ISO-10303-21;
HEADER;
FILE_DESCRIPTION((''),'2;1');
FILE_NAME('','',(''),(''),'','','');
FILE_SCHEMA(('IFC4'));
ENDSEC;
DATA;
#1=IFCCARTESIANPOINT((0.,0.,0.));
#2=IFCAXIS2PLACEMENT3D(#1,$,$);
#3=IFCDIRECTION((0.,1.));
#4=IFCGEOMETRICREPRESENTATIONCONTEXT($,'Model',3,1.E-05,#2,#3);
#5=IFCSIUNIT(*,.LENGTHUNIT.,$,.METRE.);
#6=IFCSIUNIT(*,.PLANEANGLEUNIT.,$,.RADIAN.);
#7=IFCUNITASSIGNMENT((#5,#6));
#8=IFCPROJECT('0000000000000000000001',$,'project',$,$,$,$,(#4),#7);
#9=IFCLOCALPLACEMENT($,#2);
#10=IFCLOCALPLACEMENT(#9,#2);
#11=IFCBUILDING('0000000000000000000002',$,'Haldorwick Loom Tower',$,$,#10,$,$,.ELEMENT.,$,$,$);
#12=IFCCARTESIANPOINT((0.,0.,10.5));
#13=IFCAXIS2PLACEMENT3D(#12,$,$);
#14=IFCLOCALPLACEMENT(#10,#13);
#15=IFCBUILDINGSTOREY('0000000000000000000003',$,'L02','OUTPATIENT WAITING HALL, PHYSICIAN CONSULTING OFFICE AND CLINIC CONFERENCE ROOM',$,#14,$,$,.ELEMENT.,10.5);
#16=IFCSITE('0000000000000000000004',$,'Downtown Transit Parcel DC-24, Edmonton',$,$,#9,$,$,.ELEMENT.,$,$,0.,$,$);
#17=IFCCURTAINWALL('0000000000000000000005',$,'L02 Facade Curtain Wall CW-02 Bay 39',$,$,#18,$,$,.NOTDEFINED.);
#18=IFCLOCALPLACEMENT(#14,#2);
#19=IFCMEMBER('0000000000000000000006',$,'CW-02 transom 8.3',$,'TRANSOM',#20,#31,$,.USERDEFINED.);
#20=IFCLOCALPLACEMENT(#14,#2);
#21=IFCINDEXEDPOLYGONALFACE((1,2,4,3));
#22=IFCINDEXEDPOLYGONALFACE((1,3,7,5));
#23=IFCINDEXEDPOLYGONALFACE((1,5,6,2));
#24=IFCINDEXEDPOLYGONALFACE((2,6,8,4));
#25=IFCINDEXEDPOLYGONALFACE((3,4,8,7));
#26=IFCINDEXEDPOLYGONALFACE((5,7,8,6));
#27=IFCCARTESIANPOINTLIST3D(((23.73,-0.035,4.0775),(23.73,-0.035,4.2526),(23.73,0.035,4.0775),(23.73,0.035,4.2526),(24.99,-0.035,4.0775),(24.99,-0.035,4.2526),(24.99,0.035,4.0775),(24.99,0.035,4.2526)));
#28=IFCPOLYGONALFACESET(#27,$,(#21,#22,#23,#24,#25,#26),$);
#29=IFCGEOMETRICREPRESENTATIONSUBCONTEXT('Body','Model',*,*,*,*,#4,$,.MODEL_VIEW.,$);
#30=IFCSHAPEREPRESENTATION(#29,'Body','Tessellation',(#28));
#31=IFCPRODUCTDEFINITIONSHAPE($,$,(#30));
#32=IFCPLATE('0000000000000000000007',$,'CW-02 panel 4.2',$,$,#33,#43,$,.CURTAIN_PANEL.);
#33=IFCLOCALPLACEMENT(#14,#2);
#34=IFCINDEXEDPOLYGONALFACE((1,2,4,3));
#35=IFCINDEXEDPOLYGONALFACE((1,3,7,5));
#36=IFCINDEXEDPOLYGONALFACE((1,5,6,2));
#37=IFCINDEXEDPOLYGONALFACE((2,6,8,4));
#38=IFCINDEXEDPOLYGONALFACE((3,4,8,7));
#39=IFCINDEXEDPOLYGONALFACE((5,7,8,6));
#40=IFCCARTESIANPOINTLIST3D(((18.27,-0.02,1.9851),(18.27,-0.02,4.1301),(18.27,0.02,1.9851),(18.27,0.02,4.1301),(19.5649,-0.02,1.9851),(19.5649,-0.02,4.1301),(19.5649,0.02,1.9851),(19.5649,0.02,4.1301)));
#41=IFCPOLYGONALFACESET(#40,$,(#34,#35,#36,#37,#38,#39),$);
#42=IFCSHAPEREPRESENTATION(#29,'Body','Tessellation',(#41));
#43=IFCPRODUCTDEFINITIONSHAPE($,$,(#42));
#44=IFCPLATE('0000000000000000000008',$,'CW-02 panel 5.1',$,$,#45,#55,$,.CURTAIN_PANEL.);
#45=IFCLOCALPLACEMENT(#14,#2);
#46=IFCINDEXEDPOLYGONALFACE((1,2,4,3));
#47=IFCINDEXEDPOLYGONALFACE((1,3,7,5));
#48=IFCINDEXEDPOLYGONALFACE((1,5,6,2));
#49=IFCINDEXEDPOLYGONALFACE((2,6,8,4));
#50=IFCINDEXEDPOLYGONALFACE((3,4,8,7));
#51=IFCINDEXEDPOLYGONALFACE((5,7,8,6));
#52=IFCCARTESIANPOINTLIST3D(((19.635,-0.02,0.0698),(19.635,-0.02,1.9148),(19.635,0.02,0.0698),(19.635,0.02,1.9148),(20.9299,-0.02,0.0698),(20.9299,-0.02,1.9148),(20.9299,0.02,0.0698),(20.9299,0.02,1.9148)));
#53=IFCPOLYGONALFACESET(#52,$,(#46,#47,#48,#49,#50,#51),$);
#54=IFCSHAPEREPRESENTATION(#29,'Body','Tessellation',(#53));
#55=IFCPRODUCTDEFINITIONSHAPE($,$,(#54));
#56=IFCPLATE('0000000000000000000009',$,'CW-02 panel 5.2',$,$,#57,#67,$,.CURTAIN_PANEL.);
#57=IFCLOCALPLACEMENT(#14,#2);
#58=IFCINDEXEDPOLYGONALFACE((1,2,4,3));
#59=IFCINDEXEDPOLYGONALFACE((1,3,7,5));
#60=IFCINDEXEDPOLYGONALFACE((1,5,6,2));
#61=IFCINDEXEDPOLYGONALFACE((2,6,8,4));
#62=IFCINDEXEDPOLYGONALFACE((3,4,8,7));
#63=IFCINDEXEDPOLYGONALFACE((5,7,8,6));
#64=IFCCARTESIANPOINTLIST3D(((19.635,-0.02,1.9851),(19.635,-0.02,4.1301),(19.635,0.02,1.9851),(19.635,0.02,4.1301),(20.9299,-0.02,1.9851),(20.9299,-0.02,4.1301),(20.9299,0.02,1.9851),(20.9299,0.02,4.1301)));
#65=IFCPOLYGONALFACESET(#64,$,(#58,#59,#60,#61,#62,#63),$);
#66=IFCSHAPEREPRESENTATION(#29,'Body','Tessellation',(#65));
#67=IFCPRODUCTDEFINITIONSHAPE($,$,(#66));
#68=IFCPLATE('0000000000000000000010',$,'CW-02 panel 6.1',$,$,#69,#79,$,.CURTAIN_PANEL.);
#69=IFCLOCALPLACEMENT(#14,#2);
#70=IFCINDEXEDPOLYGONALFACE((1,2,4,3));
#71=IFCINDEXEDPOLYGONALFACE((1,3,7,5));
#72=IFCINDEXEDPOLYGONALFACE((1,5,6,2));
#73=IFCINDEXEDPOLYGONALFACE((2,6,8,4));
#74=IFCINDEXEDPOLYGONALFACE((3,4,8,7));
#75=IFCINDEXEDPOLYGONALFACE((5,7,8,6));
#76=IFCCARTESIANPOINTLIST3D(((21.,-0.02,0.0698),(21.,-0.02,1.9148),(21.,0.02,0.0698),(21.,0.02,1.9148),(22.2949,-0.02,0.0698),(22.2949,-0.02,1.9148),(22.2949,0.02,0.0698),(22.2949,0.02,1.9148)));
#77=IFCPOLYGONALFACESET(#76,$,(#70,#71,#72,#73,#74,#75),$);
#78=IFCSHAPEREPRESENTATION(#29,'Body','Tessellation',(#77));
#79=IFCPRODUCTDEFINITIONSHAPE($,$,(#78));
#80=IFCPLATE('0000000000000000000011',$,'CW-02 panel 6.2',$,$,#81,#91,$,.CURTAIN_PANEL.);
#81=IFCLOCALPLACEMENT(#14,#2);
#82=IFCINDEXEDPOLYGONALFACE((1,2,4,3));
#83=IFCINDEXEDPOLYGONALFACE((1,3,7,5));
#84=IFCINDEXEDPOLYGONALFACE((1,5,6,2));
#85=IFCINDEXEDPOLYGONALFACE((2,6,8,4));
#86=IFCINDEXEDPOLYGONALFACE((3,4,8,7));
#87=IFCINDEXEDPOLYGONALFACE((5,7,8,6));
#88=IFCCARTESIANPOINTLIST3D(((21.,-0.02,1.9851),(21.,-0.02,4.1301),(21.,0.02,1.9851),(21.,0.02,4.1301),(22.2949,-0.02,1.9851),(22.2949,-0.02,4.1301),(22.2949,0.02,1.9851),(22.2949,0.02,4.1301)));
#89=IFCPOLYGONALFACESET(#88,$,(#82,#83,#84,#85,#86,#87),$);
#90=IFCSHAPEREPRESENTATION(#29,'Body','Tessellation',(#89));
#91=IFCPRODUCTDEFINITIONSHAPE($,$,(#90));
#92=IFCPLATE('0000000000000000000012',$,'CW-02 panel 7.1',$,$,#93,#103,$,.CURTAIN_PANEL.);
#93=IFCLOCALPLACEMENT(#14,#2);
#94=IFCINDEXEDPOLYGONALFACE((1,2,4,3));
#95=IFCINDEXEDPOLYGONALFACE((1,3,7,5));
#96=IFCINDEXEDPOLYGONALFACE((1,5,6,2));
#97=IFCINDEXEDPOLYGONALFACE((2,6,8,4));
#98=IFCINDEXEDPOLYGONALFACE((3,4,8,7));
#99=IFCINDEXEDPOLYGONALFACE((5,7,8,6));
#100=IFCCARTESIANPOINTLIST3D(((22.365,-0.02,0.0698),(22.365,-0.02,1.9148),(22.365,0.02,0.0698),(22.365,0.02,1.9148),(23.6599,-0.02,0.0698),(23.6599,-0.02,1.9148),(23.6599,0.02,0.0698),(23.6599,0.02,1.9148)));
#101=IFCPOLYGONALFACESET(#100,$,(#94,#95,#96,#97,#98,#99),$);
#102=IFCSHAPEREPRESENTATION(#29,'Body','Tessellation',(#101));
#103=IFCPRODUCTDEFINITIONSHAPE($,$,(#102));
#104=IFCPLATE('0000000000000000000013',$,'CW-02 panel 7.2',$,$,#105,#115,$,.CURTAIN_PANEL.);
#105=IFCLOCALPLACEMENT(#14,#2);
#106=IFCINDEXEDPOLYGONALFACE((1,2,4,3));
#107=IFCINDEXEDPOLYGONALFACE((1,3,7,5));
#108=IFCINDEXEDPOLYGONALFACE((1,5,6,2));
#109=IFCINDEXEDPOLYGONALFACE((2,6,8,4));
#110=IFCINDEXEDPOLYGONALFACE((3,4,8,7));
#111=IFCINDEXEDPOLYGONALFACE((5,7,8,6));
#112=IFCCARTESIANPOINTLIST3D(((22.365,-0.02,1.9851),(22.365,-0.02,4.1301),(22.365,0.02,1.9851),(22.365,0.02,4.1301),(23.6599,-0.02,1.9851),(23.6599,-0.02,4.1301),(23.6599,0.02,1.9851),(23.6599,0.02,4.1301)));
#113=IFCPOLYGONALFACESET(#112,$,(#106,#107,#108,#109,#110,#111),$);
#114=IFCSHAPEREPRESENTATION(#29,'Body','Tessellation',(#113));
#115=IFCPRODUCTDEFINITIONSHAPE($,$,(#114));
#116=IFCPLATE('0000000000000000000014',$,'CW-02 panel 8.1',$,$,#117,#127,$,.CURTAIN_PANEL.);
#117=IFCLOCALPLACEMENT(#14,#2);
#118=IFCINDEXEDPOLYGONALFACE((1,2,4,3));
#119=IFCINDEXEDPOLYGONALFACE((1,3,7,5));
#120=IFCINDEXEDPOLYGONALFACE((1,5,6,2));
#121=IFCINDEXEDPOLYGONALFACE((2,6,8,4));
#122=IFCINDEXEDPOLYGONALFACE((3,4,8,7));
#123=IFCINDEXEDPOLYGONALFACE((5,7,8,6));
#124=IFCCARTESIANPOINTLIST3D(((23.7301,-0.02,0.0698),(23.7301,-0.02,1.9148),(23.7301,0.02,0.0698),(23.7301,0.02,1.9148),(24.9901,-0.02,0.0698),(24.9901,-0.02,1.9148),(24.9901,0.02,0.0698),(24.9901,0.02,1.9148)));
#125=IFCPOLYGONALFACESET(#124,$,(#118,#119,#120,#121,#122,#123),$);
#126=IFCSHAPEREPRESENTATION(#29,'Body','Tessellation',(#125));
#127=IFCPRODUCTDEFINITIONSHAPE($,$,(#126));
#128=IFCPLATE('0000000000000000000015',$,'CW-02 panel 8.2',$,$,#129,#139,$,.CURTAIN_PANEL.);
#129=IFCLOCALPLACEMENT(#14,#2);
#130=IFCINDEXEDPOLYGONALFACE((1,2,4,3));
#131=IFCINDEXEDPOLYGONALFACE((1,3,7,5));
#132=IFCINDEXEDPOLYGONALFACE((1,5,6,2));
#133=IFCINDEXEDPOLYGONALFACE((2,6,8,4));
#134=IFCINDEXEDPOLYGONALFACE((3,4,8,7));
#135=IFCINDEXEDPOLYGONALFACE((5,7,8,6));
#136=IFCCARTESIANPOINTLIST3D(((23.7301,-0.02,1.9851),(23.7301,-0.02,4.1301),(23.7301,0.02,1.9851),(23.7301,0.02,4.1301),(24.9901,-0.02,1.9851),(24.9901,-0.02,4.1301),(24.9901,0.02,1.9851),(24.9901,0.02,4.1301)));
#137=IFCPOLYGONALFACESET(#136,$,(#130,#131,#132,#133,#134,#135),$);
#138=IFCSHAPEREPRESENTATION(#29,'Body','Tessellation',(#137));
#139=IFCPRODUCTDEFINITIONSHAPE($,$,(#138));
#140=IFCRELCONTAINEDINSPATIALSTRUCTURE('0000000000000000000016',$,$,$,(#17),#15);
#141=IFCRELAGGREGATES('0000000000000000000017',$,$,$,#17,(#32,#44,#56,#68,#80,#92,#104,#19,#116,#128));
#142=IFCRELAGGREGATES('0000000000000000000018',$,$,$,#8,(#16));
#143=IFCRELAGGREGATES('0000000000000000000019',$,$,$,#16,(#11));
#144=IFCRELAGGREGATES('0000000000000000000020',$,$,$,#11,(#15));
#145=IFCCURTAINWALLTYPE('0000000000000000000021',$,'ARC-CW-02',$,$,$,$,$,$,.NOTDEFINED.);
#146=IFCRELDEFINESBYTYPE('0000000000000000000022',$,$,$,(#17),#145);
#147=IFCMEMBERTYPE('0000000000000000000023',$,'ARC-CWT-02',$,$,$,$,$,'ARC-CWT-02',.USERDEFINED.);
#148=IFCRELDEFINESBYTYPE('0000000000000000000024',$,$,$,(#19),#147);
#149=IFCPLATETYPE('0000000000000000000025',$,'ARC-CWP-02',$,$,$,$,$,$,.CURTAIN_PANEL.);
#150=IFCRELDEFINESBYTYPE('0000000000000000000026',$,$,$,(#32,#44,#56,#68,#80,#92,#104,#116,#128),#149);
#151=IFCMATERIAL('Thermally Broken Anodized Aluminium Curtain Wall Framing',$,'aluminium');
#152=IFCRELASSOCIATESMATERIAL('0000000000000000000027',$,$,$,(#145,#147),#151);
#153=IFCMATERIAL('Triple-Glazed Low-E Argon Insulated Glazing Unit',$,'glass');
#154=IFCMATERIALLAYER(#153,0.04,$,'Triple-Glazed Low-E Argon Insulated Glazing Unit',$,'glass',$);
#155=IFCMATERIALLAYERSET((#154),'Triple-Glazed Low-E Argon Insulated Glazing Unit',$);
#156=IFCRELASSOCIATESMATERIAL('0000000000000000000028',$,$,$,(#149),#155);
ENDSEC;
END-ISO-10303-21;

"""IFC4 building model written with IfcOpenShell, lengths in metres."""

from ifc_helpers import new_model, si_unit, direction, frame, origin, origin_2d, place, context, subcontext, project, spatial, rectangle, extrude, material, layer, layer_set, material_profile, profile_set, type_object, element, aggregate, save


model = new_model("IFC4")

# Units and contexts
model_context = context("Model", 3, precision=1e-05, world=origin(), true_north=direction((0.0, 1.0)))
body_context = subcontext(model_context, "Body", "Model", "MODEL_VIEW")
ifc_project = project(units=[si_unit("LENGTHUNIT", "METRE"), si_unit("PLANEANGLEUNIT", "RADIAN")], contexts=[model_context])

# Site, building, storey
site_placement = place(None, origin())
site = spatial("IfcSite", under=ifc_project, at=site_placement, Name="Downtown Transit Parcel DC-24, Edmonton", CompositionType="ELEMENT", RefElevation=0.0)
building_placement = place(site_placement, origin())
building = spatial("IfcBuilding", under=site, at=building_placement, Name="Haldorwick Loom Tower", CompositionType="ELEMENT")
storey_placement = place(building_placement, frame((0.0, 0.0, 10.5)))
storey = spatial("IfcBuildingStorey", under=building, at=storey_placement, Name="L02", Description="OUTPATIENT WAITING HALL, PHYSICIAN CONSULTING OFFICE AND CLINIC CONFERENCE ROOM", CompositionType="ELEMENT", Elevation=10.5)

# Curtain wall, member, plates
ifc_material_1 = material(Name="Thermally Broken Anodized Aluminium Curtain Wall Framing", Category="aluminium")
curtain_wall_type = type_object("IfcCurtainWallType", Name="ARC-CW-02", PredefinedType="NOTDEFINED", material=ifc_material_1)
curtain_wall_placement = place(storey_placement, origin())
curtain_wall = element("IfcCurtainWall", 1, at=curtain_wall_placement, inside=storey, type_object=curtain_wall_type, Name="L02 Facade Curtain Wall CW-02 Bay 39", PredefinedType="NOTDEFINED")
ifc_material_profile_1 = material_profile(ifc_material_1, rectangle(XDim=0.0701, YDim=0.175, at=origin_2d()), Name="ALU_TRN_70X175", Category="aluminium")
ifc_profile_set_1 = profile_set([ifc_material_profile_1], Name="Thermally Broken Anodized Aluminium Curtain Wall Framing")
member_type_1 = type_object("IfcMemberType", Name="ARC-CWT-02", ElementType="ARC-CWT-02", PredefinedType="USERDEFINED", material=ifc_profile_set_1)
member_1_placement = place(storey_placement, frame((23.73, 0.0, 4.165), z_axis=(1.0, 0.0, 0.0), x_axis=(0.0, 1.0, 0.0)))
member_1 = element("IfcMember", 2, at=member_1_placement, type_object=member_type_1, Name="CW-02 transom 8.3", ObjectType="TRANSOM", PredefinedType="USERDEFINED", context=body_context, shape_type="SweptSolid", body=[
    extrude(rectangle(XDim=0.0701, YDim=0.175, at=origin_2d()), origin(), (0.0, 0.0, 1.0), 1.26),
])
ifc_material_2 = material(Name="Triple-Glazed Low-E Argon Insulated Glazing Unit", Category="glass")
ifc_layer = layer(ifc_material_2, 0.04, Name="Triple-Glazed Low-E Argon Insulated Glazing Unit", Category="glass")
ifc_layer_set = layer_set([ifc_layer], Name="Triple-Glazed Low-E Argon Insulated Glazing Unit")
plate_type = type_object("IfcPlateType", Name="ARC-CWP-02", PredefinedType="CURTAIN_PANEL", material=ifc_layer_set)
plate_1_placement = place(storey_placement, frame((18.9175, 0.0, 1.9851), z_axis=(0.0, 0.0, 1.0), x_axis=(1.0, 0.0, 0.0)))
plate_1 = element("IfcPlate", 3, at=plate_1_placement, type_object=plate_type, Name="CW-02 panel 4.2", PredefinedType="CURTAIN_PANEL", context=body_context, shape_type="SweptSolid", body=[
    extrude(rectangle(XDim=1.2949, YDim=0.04, at=origin_2d()), origin(), (0.0, 0.0, 1.0), 2.145),
])
plate_2_placement = place(storey_placement, frame((20.2825, 0.0, 0.0698), z_axis=(0.0, 0.0, 1.0), x_axis=(1.0, 0.0, 0.0)))
plate_2 = element("IfcPlate", 4, at=plate_2_placement, type_object=plate_type, Name="CW-02 panel 5.1", PredefinedType="CURTAIN_PANEL", context=body_context, shape_type="SweptSolid", body=[
    extrude(rectangle(XDim=1.2949, YDim=0.04, at=origin_2d()), origin(), (0.0, 0.0, 1.0), 1.845),
])
plate_3_placement = place(storey_placement, frame((20.2825, 0.0, 1.9851), z_axis=(0.0, 0.0, 1.0), x_axis=(1.0, 0.0, 0.0)))
plate_3 = element("IfcPlate", 5, at=plate_3_placement, type_object=plate_type, Name="CW-02 panel 5.2", PredefinedType="CURTAIN_PANEL", context=body_context, shape_type="SweptSolid", body=[
    extrude(rectangle(XDim=1.2949, YDim=0.04, at=origin_2d()), origin(), (0.0, 0.0, 1.0), 2.145),
])
plate_4_placement = place(storey_placement, frame((21.6475, 0.0, 0.0698), z_axis=(0.0, 0.0, 1.0), x_axis=(1.0, 0.0, 0.0)))
plate_4 = element("IfcPlate", 6, at=plate_4_placement, type_object=plate_type, Name="CW-02 panel 6.1", PredefinedType="CURTAIN_PANEL", context=body_context, shape_type="SweptSolid", body=[
    extrude(rectangle(XDim=1.2949, YDim=0.04, at=origin_2d()), origin(), (0.0, 0.0, 1.0), 1.845),
])
plate_5_placement = place(storey_placement, frame((21.6475, 0.0, 1.9851), z_axis=(0.0, 0.0, 1.0), x_axis=(1.0, 0.0, 0.0)))
plate_5 = element("IfcPlate", 7, at=plate_5_placement, type_object=plate_type, Name="CW-02 panel 6.2", PredefinedType="CURTAIN_PANEL", context=body_context, shape_type="SweptSolid", body=[
    extrude(rectangle(XDim=1.2949, YDim=0.04, at=origin_2d()), origin(), (0.0, 0.0, 1.0), 2.145),
])
plate_6_placement = place(storey_placement, frame((23.0125, 0.0, 0.0698), z_axis=(0.0, 0.0, 1.0), x_axis=(1.0, 0.0, 0.0)))
plate_6 = element("IfcPlate", 8, at=plate_6_placement, type_object=plate_type, Name="CW-02 panel 7.1", PredefinedType="CURTAIN_PANEL", context=body_context, shape_type="SweptSolid", body=[
    extrude(rectangle(XDim=1.2949, YDim=0.04, at=origin_2d()), origin(), (0.0, 0.0, 1.0), 1.845),
])
plate_7_placement = place(storey_placement, frame((23.0125, 0.0, 1.9851), z_axis=(0.0, 0.0, 1.0), x_axis=(1.0, 0.0, 0.0)))
plate_7 = element("IfcPlate", 9, at=plate_7_placement, type_object=plate_type, Name="CW-02 panel 7.2", PredefinedType="CURTAIN_PANEL", context=body_context, shape_type="SweptSolid", body=[
    extrude(rectangle(XDim=1.2949, YDim=0.04, at=origin_2d()), origin(), (0.0, 0.0, 1.0), 2.145),
])
plate_8_placement = place(storey_placement, frame((24.3601, 0.0, 0.0698), z_axis=(0.0, 0.0, 1.0), x_axis=(1.0, 0.0, 0.0)))
plate_8 = element("IfcPlate", 10, at=plate_8_placement, type_object=plate_type, Name="CW-02 panel 8.1", PredefinedType="CURTAIN_PANEL", context=body_context, shape_type="SweptSolid", body=[
    extrude(rectangle(XDim=1.26, YDim=0.04, at=origin_2d()), origin(), (0.0, 0.0, 1.0), 1.845),
])
plate_9_placement = place(storey_placement, frame((24.3601, 0.0, 1.9851), z_axis=(0.0, 0.0, 1.0), x_axis=(1.0, 0.0, 0.0)))
plate_9 = element("IfcPlate", 11, at=plate_9_placement, type_object=plate_type, Name="CW-02 panel 8.2", PredefinedType="CURTAIN_PANEL", context=body_context, shape_type="SweptSolid", body=[
    extrude(rectangle(XDim=1.26, YDim=0.04, at=origin_2d()), origin(), (0.0, 0.0, 1.0), 2.145),
])
aggregate(curtain_wall, [plate_1, plate_2, plate_3, plate_4, plate_5, plate_6, plate_7, member_1, plate_8, plate_9])

save(model, "model.ifc")
